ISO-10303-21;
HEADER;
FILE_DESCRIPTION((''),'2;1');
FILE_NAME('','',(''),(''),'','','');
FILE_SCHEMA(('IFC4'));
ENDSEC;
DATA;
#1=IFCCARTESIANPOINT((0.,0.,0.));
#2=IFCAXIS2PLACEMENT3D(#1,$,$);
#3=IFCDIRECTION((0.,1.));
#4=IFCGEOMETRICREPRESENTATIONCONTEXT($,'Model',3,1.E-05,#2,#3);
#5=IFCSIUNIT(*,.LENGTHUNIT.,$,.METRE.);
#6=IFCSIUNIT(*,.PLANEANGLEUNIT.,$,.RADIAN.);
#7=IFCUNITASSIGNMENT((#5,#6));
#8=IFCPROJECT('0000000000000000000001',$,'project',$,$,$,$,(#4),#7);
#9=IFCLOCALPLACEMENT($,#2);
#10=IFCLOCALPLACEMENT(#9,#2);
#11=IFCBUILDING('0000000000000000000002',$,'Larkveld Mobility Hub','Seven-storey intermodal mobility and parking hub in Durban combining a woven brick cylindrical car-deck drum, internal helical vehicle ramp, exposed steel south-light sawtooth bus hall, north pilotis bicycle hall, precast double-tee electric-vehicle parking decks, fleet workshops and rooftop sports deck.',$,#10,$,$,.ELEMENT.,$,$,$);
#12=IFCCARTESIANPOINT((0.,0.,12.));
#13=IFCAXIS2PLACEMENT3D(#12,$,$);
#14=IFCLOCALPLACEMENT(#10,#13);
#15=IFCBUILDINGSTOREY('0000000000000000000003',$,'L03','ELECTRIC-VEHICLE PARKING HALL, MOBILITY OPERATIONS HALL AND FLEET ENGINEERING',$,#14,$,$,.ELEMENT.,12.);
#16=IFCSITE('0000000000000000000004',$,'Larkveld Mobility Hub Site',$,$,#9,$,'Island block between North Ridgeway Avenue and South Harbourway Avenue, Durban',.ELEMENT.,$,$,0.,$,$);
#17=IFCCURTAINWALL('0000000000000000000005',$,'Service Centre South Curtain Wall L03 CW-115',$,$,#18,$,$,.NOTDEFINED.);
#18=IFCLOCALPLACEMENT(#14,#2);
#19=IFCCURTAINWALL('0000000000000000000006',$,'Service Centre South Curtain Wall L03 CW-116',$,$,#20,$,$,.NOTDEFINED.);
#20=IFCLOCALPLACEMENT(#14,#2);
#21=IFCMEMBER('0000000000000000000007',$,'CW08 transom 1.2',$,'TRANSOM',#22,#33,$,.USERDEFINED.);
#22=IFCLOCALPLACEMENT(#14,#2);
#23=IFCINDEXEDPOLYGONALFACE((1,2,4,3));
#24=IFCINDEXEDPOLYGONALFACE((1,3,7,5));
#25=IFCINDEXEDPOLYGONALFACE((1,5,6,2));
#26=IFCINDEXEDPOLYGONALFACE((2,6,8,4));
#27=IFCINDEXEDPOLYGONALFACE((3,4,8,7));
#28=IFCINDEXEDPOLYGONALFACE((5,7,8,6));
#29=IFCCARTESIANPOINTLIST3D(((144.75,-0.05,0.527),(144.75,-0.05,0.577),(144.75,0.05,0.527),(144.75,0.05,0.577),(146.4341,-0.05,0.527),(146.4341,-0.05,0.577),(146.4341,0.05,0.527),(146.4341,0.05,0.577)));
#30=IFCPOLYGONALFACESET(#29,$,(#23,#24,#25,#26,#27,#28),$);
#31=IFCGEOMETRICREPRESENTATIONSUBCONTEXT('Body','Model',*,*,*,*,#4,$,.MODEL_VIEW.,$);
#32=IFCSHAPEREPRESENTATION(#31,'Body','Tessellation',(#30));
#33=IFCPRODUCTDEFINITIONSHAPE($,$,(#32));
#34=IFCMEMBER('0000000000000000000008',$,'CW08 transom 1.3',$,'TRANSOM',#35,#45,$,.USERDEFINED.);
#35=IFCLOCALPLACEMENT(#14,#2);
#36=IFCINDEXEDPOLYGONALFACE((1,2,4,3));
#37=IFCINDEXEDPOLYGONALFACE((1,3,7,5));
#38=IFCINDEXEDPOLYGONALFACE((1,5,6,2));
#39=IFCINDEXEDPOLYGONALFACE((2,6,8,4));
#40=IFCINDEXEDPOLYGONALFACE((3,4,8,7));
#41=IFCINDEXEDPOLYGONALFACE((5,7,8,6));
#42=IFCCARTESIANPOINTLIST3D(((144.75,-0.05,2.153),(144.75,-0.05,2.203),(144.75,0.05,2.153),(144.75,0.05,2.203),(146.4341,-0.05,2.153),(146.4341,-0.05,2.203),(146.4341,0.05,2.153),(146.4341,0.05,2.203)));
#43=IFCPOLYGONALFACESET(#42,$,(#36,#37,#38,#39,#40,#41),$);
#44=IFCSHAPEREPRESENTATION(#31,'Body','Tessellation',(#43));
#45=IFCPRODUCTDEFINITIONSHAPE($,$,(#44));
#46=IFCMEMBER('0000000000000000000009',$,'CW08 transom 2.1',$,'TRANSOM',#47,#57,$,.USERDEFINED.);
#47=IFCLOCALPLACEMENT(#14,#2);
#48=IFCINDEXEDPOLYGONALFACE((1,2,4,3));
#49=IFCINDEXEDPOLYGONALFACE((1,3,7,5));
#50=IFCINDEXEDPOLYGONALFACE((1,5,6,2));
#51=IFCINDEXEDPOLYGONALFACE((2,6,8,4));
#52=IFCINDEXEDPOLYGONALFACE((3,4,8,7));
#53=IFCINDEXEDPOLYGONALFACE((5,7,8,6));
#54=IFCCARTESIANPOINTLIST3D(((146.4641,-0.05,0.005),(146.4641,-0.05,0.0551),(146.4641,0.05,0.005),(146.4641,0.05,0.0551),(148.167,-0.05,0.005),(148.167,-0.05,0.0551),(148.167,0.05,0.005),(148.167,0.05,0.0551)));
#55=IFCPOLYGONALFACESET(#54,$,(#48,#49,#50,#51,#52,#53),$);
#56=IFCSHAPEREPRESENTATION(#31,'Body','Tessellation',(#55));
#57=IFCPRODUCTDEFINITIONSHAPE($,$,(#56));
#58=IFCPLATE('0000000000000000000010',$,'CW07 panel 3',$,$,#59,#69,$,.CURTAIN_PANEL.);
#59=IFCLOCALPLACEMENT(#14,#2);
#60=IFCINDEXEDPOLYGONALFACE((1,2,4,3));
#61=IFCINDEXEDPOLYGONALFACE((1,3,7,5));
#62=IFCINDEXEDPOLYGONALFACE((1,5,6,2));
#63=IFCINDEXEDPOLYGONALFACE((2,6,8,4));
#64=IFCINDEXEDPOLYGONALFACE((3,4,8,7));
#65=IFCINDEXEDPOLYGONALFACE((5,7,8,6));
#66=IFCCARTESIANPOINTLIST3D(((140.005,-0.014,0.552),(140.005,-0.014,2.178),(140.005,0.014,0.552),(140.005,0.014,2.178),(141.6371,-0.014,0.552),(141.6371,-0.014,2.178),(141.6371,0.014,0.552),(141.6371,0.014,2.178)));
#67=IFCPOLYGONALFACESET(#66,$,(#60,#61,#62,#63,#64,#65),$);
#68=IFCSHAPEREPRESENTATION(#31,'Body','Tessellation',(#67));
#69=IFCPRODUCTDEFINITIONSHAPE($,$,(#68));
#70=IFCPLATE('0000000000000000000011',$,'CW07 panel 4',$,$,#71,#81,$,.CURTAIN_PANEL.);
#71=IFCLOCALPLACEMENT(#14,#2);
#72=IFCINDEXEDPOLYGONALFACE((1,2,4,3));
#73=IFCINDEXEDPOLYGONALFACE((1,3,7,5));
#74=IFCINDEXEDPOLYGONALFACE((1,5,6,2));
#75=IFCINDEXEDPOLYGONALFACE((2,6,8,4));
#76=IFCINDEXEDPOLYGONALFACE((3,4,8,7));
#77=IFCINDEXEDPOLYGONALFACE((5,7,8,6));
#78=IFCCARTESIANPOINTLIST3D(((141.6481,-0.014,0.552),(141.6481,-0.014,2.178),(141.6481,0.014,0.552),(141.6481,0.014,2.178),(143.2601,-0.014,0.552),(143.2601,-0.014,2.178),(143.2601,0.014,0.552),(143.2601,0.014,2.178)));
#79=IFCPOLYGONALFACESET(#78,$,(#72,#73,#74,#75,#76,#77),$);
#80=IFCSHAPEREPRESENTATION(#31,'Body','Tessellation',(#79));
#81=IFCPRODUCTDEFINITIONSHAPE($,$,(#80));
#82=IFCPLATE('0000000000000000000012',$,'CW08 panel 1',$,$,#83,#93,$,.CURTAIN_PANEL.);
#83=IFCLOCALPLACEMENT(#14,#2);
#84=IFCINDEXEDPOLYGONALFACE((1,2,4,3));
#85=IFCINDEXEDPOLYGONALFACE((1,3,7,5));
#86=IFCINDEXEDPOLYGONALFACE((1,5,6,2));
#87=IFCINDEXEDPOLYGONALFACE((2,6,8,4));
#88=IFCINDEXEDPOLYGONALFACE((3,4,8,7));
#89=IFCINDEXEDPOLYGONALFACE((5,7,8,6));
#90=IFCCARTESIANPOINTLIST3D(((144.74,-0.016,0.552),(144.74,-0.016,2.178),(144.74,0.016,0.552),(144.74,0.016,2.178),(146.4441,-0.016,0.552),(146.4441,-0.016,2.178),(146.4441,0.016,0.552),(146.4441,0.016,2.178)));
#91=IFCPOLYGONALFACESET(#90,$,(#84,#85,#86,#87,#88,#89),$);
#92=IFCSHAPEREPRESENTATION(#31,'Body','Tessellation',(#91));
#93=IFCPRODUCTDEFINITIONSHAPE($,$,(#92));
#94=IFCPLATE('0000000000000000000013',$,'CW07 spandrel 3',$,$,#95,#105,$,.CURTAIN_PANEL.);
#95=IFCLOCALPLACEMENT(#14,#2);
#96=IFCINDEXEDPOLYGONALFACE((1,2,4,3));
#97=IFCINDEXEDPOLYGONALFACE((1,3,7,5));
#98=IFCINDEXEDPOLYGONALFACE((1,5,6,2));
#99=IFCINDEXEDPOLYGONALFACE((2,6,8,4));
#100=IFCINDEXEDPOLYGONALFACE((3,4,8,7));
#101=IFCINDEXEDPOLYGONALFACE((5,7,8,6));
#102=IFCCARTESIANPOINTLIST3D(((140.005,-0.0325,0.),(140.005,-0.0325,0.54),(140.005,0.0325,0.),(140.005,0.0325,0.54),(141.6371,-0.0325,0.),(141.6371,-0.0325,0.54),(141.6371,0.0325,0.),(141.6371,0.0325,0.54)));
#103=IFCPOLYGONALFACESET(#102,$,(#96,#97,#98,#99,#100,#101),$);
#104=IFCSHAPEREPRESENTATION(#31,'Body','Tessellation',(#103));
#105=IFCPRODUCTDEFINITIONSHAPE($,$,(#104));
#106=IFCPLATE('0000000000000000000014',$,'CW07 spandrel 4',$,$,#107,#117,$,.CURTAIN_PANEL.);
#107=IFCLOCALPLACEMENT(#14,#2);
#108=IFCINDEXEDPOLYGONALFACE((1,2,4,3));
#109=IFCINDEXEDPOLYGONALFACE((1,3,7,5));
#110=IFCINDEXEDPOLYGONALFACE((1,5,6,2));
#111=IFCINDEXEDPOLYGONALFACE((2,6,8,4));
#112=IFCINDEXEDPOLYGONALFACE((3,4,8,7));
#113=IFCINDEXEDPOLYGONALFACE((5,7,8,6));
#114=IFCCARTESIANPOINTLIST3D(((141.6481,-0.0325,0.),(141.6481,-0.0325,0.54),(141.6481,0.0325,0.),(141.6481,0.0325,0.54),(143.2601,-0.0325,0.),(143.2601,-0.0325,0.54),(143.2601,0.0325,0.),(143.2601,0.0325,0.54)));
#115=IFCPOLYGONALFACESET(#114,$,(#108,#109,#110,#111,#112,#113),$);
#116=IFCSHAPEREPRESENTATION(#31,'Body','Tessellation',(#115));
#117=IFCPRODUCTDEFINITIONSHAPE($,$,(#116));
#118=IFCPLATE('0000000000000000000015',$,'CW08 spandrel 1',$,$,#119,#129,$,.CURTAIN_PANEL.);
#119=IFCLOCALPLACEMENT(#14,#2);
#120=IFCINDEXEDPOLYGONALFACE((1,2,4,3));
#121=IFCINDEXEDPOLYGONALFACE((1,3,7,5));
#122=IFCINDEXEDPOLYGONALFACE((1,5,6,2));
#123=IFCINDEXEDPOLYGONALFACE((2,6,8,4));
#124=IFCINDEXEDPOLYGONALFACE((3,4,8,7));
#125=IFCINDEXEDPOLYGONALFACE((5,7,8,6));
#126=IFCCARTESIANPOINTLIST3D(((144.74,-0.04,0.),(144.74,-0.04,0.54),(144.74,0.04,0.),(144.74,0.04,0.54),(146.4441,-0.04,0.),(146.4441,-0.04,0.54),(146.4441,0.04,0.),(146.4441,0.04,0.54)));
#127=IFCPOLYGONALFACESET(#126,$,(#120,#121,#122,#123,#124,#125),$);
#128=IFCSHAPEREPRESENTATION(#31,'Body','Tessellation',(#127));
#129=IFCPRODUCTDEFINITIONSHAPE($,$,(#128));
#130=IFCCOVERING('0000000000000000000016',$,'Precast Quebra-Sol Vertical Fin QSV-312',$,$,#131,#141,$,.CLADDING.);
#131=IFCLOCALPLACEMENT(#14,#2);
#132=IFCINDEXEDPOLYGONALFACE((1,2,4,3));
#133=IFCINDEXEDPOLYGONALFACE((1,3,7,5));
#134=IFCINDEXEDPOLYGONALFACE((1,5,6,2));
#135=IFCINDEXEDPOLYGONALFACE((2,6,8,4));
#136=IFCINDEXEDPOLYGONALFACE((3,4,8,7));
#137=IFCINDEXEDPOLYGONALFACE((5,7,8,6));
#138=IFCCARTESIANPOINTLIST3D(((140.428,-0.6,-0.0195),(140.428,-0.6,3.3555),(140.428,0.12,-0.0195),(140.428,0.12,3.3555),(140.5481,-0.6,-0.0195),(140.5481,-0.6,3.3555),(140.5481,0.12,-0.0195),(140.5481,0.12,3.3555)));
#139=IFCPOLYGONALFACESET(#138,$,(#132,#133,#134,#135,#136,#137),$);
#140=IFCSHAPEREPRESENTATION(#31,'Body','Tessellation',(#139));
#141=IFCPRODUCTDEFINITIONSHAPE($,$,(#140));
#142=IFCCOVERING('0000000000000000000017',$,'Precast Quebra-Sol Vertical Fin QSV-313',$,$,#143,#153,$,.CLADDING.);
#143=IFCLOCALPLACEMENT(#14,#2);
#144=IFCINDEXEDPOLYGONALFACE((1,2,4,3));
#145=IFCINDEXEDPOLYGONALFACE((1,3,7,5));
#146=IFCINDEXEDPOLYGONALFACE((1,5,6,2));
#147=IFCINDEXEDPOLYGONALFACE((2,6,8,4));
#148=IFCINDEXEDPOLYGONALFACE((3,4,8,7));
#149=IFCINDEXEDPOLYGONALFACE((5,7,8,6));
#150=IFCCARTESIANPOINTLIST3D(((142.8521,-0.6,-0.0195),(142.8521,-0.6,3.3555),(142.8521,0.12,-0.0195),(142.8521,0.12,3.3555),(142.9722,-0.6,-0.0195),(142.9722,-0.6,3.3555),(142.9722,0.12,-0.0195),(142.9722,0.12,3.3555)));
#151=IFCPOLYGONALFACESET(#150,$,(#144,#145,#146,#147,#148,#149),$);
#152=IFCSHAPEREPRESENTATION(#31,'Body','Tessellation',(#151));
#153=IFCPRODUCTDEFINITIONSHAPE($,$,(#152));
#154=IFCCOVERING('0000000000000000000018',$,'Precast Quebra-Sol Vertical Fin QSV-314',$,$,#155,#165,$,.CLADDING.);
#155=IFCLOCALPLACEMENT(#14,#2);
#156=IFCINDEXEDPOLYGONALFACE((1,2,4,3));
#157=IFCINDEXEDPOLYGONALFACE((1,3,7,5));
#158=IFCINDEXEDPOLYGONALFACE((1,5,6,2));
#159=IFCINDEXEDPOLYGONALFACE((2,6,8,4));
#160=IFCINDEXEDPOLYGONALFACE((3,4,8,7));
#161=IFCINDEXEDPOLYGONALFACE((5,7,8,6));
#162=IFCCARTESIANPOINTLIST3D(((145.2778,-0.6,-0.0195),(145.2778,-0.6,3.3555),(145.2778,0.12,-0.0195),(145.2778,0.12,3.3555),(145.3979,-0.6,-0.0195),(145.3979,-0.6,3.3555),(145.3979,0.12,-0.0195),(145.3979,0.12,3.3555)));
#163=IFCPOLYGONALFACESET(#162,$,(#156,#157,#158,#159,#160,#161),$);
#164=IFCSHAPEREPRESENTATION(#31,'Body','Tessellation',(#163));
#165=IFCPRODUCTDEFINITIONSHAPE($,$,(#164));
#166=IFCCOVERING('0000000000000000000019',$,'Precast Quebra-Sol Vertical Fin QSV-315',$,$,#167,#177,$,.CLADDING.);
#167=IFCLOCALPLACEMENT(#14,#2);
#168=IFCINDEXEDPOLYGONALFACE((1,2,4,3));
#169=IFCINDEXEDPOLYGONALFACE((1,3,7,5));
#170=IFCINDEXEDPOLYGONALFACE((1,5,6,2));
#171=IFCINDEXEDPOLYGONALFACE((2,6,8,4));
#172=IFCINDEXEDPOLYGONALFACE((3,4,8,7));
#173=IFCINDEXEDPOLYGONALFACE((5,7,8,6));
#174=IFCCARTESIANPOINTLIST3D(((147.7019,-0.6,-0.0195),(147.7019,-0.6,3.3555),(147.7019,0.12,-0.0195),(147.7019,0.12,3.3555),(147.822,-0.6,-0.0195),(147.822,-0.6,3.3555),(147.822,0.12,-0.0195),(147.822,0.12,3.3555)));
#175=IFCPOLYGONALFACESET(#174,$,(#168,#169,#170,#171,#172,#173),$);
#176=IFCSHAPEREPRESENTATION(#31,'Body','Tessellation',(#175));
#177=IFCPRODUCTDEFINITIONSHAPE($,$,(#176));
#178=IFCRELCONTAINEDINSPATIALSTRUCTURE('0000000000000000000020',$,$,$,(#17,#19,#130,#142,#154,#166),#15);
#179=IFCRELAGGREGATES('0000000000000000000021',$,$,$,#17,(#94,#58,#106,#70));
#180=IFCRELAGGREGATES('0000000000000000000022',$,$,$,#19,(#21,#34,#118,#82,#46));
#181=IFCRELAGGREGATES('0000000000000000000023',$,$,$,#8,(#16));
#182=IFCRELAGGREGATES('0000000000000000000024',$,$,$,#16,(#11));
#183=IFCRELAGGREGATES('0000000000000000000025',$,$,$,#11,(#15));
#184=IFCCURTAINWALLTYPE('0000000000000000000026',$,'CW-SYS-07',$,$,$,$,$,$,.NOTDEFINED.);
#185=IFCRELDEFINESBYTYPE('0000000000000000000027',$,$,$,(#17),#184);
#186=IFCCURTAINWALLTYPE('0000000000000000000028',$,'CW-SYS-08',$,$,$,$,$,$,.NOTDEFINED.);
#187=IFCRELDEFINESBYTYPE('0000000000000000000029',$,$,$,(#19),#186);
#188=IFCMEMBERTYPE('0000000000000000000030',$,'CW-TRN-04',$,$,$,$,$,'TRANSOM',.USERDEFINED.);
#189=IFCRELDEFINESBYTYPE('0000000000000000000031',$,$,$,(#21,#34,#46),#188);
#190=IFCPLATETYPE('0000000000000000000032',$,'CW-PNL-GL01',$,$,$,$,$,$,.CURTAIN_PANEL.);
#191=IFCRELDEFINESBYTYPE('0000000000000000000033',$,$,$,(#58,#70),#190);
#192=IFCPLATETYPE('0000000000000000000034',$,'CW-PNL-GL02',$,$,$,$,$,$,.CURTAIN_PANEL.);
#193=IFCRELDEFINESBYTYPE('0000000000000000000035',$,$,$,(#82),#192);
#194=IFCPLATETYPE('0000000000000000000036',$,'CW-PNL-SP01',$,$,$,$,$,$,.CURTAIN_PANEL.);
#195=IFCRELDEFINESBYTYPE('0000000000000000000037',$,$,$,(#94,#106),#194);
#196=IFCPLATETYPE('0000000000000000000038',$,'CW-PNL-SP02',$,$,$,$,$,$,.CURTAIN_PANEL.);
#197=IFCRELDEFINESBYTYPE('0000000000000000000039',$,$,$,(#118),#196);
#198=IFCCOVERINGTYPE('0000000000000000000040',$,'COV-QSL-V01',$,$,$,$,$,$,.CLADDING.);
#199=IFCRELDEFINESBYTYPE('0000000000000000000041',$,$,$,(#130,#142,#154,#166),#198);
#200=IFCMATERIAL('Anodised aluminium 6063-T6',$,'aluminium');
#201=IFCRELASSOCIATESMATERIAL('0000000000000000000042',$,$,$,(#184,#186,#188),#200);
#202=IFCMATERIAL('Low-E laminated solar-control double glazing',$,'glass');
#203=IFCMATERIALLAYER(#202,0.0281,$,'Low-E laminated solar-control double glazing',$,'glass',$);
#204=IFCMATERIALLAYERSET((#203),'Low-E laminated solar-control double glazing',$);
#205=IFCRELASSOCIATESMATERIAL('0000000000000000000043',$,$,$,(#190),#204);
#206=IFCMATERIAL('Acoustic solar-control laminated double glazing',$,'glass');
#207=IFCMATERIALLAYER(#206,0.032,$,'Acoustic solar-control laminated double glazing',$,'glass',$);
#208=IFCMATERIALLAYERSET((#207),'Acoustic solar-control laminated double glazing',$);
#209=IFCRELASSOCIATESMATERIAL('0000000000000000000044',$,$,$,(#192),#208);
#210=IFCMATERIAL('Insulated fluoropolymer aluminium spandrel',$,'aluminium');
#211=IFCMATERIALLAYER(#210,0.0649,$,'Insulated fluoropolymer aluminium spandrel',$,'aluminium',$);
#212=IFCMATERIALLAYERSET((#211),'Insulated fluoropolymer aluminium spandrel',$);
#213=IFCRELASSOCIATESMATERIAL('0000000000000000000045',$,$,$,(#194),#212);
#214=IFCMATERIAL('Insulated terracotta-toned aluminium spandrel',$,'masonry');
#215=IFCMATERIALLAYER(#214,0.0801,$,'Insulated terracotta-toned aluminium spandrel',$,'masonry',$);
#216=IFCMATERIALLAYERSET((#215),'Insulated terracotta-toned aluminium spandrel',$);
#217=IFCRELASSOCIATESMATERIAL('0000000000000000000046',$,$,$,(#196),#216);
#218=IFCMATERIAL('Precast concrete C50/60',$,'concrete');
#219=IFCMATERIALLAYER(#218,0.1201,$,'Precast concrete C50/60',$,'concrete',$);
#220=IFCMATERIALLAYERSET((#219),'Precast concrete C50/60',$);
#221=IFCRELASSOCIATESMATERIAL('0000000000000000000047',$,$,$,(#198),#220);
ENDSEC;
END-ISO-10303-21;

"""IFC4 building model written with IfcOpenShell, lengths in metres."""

from ifc_helpers import new_model, si_unit, direction, frame, origin, origin_2d, place, context, subcontext, project, spatial, rectangle, extrude, material, layer, layer_set, material_profile, profile_set, type_object, element, aggregate, save


model = new_model("IFC4")

# Units and contexts
model_context = context("Model", 3, precision=1e-05, world=origin(), true_north=direction((0.0, 1.0)))
body_context = subcontext(model_context, "Body", "Model", "MODEL_VIEW")
ifc_project = project(units=[si_unit("LENGTHUNIT", "METRE"), si_unit("PLANEANGLEUNIT", "RADIAN")], contexts=[model_context])

# Site, building, storey
site_placement = place(None, origin())
site = spatial("IfcSite", under=ifc_project, at=site_placement, Name="Larkveld Mobility Hub Site", LongName="Island block between North Ridgeway Avenue and South Harbourway Avenue, Durban", CompositionType="ELEMENT", RefElevation=0.0)
building_placement = place(site_placement, origin())
building = spatial("IfcBuilding", under=site, at=building_placement, Name="Larkveld Mobility Hub", Description="Seven-storey intermodal mobility and parking hub in Durban combining a woven brick cylindrical car-deck drum, internal helical vehicle ramp, exposed steel south-light sawtooth bus hall, north pilotis bicycle hall, precast double-tee electric-vehicle parking decks, fleet workshops and rooftop sports deck.", CompositionType="ELEMENT")
storey_placement = place(building_placement, frame((0.0, 0.0, 12.0)))
storey = spatial("IfcBuildingStorey", under=building, at=storey_placement, Name="L03", Description="ELECTRIC-VEHICLE PARKING HALL, MOBILITY OPERATIONS HALL AND FLEET ENGINEERING", CompositionType="ELEMENT", Elevation=12.0)

# Shared definitions
ifc_material_1 = material(Name="Precast concrete C50/60", Category="concrete")

# Curtain walls
ifc_material_2 = material(Name="Anodised aluminium 6063-T6", Category="aluminium")
curtain_wall_type_1 = type_object("IfcCurtainWallType", Name="CW-SYS-07", PredefinedType="NOTDEFINED", material=ifc_material_2)
curtain_wall_1_placement = place(storey_placement, origin())
curtain_wall_1 = element("IfcCurtainWall", 1, at=curtain_wall_1_placement, inside=storey, type_object=curtain_wall_type_1, Name="Service Centre South Curtain Wall L03 CW-115", PredefinedType="NOTDEFINED")
curtain_wall_type_2 = type_object("IfcCurtainWallType", Name="CW-SYS-08", PredefinedType="NOTDEFINED", material=ifc_material_2)
curtain_wall_2_placement = place(storey_placement, origin())
curtain_wall_2 = element("IfcCurtainWall", 2, at=curtain_wall_2_placement, inside=storey, type_object=curtain_wall_type_2, Name="Service Centre South Curtain Wall L03 CW-116", PredefinedType="NOTDEFINED")

# Members
ifc_material_profile_1 = material_profile(ifc_material_2, rectangle(XDim=0.1001, YDim=0.05, at=origin_2d()), Name="ALU TRAN 50x100")
ifc_profile_set_1 = profile_set([ifc_material_profile_1], Name="Anodised aluminium 6063-T6")
member_type_1 = type_object("IfcMemberType", Name="CW-TRN-04", ElementType="TRANSOM", PredefinedType="USERDEFINED", material=ifc_profile_set_1)
member_1_placement = place(storey_placement, frame((144.75, 0.0, 0.552), z_axis=(1.0, 0.0, 0.0), x_axis=(0.0, 1.0, 0.0)))
member_1 = element("IfcMember", 3, at=member_1_placement, type_object=member_type_1, Name="CW08 transom 1.2", ObjectType="TRANSOM", PredefinedType="USERDEFINED", context=body_context, shape_type="SweptSolid", body=[
    extrude(rectangle(XDim=0.1001, YDim=0.05, at=origin_2d()), origin(), (0.0, 0.0, 1.0), 1.6841),
])
member_2_placement = place(storey_placement, frame((144.75, 0.0, 2.178), z_axis=(1.0, 0.0, 0.0), x_axis=(0.0, 1.0, 0.0)))
member_2 = element("IfcMember", 4, at=member_2_placement, type_object=member_type_1, Name="CW08 transom 1.3", ObjectType="TRANSOM", PredefinedType="USERDEFINED", context=body_context, shape_type="SweptSolid", body=[
    extrude(rectangle(XDim=0.1001, YDim=0.05, at=origin_2d()), origin(), (0.0, 0.0, 1.0), 1.6841),
])
member_3_placement = place(storey_placement, frame((146.4641, 0.0, 0.03), z_axis=(1.0, 0.0, 0.0), x_axis=(0.0, 1.0, 0.0)))
member_3 = element("IfcMember", 5, at=member_3_placement, type_object=member_type_1, Name="CW08 transom 2.1", ObjectType="TRANSOM", PredefinedType="USERDEFINED", context=body_context, shape_type="SweptSolid", body=[
    extrude(rectangle(XDim=0.1001, YDim=0.05, at=origin_2d()), origin(), (0.0, 0.0, 1.0), 1.7029),
])

# Plates
ifc_material_3 = material(Name="Low-E laminated solar-control double glazing", Category="glass")
ifc_layer_1 = layer(ifc_material_3, 0.0281, Name="Low-E laminated solar-control double glazing", Category="glass")
ifc_layer_set_1 = layer_set([ifc_layer_1], Name="Low-E laminated solar-control double glazing")
plate_type_1 = type_object("IfcPlateType", Name="CW-PNL-GL01", PredefinedType="CURTAIN_PANEL", material=ifc_layer_set_1)
plate_1_placement = place(storey_placement, frame((140.821, 0.0, 0.552), z_axis=(0.0, 0.0, 1.0), x_axis=(1.0, 0.0, 0.0)))
plate_1 = element("IfcPlate", 6, at=plate_1_placement, type_object=plate_type_1, Name="CW07 panel 3", PredefinedType="CURTAIN_PANEL", context=body_context, shape_type="SweptSolid", body=[
    extrude(rectangle(XDim=1.6321, YDim=0.0281, at=origin_2d()), origin(), (0.0, 0.0, 1.0), 1.626),
])
plate_2_placement = place(storey_placement, frame((142.4541, 0.0, 0.552), z_axis=(0.0, 0.0, 1.0), x_axis=(1.0, 0.0, 0.0)))
plate_2 = element("IfcPlate", 7, at=plate_2_placement, type_object=plate_type_1, Name="CW07 panel 4", PredefinedType="CURTAIN_PANEL", context=body_context, shape_type="SweptSolid", body=[
    extrude(rectangle(XDim=1.6121, YDim=0.0281, at=origin_2d()), origin(), (0.0, 0.0, 1.0), 1.626),
])
ifc_material_4 = material(Name="Acoustic solar-control laminated double glazing", Category="glass")
ifc_layer_2 = layer(ifc_material_4, 0.032, Name="Acoustic solar-control laminated double glazing", Category="glass")
ifc_layer_set_2 = layer_set([ifc_layer_2], Name="Acoustic solar-control laminated double glazing")
plate_type_2 = type_object("IfcPlateType", Name="CW-PNL-GL02", PredefinedType="CURTAIN_PANEL", material=ifc_layer_set_2)
plate_3_placement = place(storey_placement, frame((145.592, 0.0, 0.552), z_axis=(0.0, 0.0, 1.0), x_axis=(1.0, 0.0, 0.0)))
plate_3 = element("IfcPlate", 8, at=plate_3_placement, type_object=plate_type_2, Name="CW08 panel 1", PredefinedType="CURTAIN_PANEL", context=body_context, shape_type="SweptSolid", body=[
    extrude(rectangle(XDim=1.7041, YDim=0.032, at=origin_2d()), origin(), (0.0, 0.0, 1.0), 1.626),
])
ifc_material_5 = material(Name="Insulated fluoropolymer aluminium spandrel", Category="aluminium")
ifc_layer_3 = layer(ifc_material_5, 0.0649, Name="Insulated fluoropolymer aluminium spandrel", Category="aluminium")
ifc_layer_set_3 = layer_set([ifc_layer_3], Name="Insulated fluoropolymer aluminium spandrel")
plate_type_3 = type_object("IfcPlateType", Name="CW-PNL-SP01", PredefinedType="CURTAIN_PANEL", material=ifc_layer_set_3)
plate_4_placement = place(storey_placement, frame((140.821, 0.0, 0.0), z_axis=(0.0, 0.0, 1.0), x_axis=(1.0, 0.0, 0.0)))
plate_4 = element("IfcPlate", 9, at=plate_4_placement, type_object=plate_type_3, Name="CW07 spandrel 3", PredefinedType="CURTAIN_PANEL", context=body_context, shape_type="SweptSolid", body=[
    extrude(rectangle(XDim=1.6321, YDim=0.0649, at=origin_2d()), origin(), (0.0, 0.0, 1.0), 0.54),
])
plate_5_placement = place(storey_placement, frame((142.4541, 0.0, 0.0), z_axis=(0.0, 0.0, 1.0), x_axis=(1.0, 0.0, 0.0)))
plate_5 = element("IfcPlate", 10, at=plate_5_placement, type_object=plate_type_3, Name="CW07 spandrel 4", PredefinedType="CURTAIN_PANEL", context=body_context, shape_type="SweptSolid", body=[
    extrude(rectangle(XDim=1.6121, YDim=0.0649, at=origin_2d()), origin(), (0.0, 0.0, 1.0), 0.54),
])
aggregate(curtain_wall_1, [plate_4, plate_1, plate_5, plate_2])
ifc_material_6 = material(Name="Insulated terracotta-toned aluminium spandrel", Category="masonry")
ifc_layer_4 = layer(ifc_material_6, 0.0801, Name="Insulated terracotta-toned aluminium spandrel", Category="masonry")
ifc_layer_set_4 = layer_set([ifc_layer_4], Name="Insulated terracotta-toned aluminium spandrel")
plate_type_4 = type_object("IfcPlateType", Name="CW-PNL-SP02", PredefinedType="CURTAIN_PANEL", material=ifc_layer_set_4)
plate_6_placement = place(storey_placement, frame((145.592, 0.0, 0.0), z_axis=(0.0, 0.0, 1.0), x_axis=(1.0, 0.0, 0.0)))
plate_6 = element("IfcPlate", 11, at=plate_6_placement, type_object=plate_type_4, Name="CW08 spandrel 1", PredefinedType="CURTAIN_PANEL", context=body_context, shape_type="SweptSolid", body=[
    extrude(rectangle(XDim=1.7041, YDim=0.0801, at=origin_2d()), origin(), (0.0, 0.0, 1.0), 0.54),
])
aggregate(curtain_wall_2, [member_1, member_2, plate_6, plate_3, member_3])

# Coverings
ifc_layer_5 = layer(ifc_material_1, 0.1201, Name="Precast concrete C50/60", Category="concrete")
ifc_layer_set_5 = layer_set([ifc_layer_5], Name="Precast concrete C50/60")
covering_type = type_object("IfcCoveringType", Name="COV-QSL-V01", PredefinedType="CLADDING", material=ifc_layer_set_5)
for number, where, z_axis, x_axis, name in (
    (12, (140.488, -0.24, -0.0195), (0.0, 0.0, 1.0), (1.0, 0.0, 0.0), "Precast Quebra-Sol Vertical Fin QSV-312"),
    (13, (142.9121, -0.24, -0.0195), (0.0, 0.0, 1.0), (1.0, 0.0, 0.0), "Precast Quebra-Sol Vertical Fin QSV-313"),
    (14, (145.3379, -0.24, -0.0195), (0.0, 0.0, 1.0), (1.0, 0.0, 0.0), "Precast Quebra-Sol Vertical Fin QSV-314"),
    (15, (147.762, -0.24, -0.0195), (0.0, 0.0, 1.0), (1.0, 0.0, 0.0), "Precast Quebra-Sol Vertical Fin QSV-315"),
):
    element("IfcCovering", number, at=place(storey_placement, frame(where, z_axis=z_axis, x_axis=x_axis)), inside=storey, type_object=covering_type, Name=name, PredefinedType="CLADDING", context=body_context, shape_type="SweptSolid", body=[
        extrude(rectangle(XDim=0.1201, YDim=0.72, at=origin_2d()), origin(), (0.0, 0.0, 1.0), 3.375),
    ])

save(model, "model.ifc")
